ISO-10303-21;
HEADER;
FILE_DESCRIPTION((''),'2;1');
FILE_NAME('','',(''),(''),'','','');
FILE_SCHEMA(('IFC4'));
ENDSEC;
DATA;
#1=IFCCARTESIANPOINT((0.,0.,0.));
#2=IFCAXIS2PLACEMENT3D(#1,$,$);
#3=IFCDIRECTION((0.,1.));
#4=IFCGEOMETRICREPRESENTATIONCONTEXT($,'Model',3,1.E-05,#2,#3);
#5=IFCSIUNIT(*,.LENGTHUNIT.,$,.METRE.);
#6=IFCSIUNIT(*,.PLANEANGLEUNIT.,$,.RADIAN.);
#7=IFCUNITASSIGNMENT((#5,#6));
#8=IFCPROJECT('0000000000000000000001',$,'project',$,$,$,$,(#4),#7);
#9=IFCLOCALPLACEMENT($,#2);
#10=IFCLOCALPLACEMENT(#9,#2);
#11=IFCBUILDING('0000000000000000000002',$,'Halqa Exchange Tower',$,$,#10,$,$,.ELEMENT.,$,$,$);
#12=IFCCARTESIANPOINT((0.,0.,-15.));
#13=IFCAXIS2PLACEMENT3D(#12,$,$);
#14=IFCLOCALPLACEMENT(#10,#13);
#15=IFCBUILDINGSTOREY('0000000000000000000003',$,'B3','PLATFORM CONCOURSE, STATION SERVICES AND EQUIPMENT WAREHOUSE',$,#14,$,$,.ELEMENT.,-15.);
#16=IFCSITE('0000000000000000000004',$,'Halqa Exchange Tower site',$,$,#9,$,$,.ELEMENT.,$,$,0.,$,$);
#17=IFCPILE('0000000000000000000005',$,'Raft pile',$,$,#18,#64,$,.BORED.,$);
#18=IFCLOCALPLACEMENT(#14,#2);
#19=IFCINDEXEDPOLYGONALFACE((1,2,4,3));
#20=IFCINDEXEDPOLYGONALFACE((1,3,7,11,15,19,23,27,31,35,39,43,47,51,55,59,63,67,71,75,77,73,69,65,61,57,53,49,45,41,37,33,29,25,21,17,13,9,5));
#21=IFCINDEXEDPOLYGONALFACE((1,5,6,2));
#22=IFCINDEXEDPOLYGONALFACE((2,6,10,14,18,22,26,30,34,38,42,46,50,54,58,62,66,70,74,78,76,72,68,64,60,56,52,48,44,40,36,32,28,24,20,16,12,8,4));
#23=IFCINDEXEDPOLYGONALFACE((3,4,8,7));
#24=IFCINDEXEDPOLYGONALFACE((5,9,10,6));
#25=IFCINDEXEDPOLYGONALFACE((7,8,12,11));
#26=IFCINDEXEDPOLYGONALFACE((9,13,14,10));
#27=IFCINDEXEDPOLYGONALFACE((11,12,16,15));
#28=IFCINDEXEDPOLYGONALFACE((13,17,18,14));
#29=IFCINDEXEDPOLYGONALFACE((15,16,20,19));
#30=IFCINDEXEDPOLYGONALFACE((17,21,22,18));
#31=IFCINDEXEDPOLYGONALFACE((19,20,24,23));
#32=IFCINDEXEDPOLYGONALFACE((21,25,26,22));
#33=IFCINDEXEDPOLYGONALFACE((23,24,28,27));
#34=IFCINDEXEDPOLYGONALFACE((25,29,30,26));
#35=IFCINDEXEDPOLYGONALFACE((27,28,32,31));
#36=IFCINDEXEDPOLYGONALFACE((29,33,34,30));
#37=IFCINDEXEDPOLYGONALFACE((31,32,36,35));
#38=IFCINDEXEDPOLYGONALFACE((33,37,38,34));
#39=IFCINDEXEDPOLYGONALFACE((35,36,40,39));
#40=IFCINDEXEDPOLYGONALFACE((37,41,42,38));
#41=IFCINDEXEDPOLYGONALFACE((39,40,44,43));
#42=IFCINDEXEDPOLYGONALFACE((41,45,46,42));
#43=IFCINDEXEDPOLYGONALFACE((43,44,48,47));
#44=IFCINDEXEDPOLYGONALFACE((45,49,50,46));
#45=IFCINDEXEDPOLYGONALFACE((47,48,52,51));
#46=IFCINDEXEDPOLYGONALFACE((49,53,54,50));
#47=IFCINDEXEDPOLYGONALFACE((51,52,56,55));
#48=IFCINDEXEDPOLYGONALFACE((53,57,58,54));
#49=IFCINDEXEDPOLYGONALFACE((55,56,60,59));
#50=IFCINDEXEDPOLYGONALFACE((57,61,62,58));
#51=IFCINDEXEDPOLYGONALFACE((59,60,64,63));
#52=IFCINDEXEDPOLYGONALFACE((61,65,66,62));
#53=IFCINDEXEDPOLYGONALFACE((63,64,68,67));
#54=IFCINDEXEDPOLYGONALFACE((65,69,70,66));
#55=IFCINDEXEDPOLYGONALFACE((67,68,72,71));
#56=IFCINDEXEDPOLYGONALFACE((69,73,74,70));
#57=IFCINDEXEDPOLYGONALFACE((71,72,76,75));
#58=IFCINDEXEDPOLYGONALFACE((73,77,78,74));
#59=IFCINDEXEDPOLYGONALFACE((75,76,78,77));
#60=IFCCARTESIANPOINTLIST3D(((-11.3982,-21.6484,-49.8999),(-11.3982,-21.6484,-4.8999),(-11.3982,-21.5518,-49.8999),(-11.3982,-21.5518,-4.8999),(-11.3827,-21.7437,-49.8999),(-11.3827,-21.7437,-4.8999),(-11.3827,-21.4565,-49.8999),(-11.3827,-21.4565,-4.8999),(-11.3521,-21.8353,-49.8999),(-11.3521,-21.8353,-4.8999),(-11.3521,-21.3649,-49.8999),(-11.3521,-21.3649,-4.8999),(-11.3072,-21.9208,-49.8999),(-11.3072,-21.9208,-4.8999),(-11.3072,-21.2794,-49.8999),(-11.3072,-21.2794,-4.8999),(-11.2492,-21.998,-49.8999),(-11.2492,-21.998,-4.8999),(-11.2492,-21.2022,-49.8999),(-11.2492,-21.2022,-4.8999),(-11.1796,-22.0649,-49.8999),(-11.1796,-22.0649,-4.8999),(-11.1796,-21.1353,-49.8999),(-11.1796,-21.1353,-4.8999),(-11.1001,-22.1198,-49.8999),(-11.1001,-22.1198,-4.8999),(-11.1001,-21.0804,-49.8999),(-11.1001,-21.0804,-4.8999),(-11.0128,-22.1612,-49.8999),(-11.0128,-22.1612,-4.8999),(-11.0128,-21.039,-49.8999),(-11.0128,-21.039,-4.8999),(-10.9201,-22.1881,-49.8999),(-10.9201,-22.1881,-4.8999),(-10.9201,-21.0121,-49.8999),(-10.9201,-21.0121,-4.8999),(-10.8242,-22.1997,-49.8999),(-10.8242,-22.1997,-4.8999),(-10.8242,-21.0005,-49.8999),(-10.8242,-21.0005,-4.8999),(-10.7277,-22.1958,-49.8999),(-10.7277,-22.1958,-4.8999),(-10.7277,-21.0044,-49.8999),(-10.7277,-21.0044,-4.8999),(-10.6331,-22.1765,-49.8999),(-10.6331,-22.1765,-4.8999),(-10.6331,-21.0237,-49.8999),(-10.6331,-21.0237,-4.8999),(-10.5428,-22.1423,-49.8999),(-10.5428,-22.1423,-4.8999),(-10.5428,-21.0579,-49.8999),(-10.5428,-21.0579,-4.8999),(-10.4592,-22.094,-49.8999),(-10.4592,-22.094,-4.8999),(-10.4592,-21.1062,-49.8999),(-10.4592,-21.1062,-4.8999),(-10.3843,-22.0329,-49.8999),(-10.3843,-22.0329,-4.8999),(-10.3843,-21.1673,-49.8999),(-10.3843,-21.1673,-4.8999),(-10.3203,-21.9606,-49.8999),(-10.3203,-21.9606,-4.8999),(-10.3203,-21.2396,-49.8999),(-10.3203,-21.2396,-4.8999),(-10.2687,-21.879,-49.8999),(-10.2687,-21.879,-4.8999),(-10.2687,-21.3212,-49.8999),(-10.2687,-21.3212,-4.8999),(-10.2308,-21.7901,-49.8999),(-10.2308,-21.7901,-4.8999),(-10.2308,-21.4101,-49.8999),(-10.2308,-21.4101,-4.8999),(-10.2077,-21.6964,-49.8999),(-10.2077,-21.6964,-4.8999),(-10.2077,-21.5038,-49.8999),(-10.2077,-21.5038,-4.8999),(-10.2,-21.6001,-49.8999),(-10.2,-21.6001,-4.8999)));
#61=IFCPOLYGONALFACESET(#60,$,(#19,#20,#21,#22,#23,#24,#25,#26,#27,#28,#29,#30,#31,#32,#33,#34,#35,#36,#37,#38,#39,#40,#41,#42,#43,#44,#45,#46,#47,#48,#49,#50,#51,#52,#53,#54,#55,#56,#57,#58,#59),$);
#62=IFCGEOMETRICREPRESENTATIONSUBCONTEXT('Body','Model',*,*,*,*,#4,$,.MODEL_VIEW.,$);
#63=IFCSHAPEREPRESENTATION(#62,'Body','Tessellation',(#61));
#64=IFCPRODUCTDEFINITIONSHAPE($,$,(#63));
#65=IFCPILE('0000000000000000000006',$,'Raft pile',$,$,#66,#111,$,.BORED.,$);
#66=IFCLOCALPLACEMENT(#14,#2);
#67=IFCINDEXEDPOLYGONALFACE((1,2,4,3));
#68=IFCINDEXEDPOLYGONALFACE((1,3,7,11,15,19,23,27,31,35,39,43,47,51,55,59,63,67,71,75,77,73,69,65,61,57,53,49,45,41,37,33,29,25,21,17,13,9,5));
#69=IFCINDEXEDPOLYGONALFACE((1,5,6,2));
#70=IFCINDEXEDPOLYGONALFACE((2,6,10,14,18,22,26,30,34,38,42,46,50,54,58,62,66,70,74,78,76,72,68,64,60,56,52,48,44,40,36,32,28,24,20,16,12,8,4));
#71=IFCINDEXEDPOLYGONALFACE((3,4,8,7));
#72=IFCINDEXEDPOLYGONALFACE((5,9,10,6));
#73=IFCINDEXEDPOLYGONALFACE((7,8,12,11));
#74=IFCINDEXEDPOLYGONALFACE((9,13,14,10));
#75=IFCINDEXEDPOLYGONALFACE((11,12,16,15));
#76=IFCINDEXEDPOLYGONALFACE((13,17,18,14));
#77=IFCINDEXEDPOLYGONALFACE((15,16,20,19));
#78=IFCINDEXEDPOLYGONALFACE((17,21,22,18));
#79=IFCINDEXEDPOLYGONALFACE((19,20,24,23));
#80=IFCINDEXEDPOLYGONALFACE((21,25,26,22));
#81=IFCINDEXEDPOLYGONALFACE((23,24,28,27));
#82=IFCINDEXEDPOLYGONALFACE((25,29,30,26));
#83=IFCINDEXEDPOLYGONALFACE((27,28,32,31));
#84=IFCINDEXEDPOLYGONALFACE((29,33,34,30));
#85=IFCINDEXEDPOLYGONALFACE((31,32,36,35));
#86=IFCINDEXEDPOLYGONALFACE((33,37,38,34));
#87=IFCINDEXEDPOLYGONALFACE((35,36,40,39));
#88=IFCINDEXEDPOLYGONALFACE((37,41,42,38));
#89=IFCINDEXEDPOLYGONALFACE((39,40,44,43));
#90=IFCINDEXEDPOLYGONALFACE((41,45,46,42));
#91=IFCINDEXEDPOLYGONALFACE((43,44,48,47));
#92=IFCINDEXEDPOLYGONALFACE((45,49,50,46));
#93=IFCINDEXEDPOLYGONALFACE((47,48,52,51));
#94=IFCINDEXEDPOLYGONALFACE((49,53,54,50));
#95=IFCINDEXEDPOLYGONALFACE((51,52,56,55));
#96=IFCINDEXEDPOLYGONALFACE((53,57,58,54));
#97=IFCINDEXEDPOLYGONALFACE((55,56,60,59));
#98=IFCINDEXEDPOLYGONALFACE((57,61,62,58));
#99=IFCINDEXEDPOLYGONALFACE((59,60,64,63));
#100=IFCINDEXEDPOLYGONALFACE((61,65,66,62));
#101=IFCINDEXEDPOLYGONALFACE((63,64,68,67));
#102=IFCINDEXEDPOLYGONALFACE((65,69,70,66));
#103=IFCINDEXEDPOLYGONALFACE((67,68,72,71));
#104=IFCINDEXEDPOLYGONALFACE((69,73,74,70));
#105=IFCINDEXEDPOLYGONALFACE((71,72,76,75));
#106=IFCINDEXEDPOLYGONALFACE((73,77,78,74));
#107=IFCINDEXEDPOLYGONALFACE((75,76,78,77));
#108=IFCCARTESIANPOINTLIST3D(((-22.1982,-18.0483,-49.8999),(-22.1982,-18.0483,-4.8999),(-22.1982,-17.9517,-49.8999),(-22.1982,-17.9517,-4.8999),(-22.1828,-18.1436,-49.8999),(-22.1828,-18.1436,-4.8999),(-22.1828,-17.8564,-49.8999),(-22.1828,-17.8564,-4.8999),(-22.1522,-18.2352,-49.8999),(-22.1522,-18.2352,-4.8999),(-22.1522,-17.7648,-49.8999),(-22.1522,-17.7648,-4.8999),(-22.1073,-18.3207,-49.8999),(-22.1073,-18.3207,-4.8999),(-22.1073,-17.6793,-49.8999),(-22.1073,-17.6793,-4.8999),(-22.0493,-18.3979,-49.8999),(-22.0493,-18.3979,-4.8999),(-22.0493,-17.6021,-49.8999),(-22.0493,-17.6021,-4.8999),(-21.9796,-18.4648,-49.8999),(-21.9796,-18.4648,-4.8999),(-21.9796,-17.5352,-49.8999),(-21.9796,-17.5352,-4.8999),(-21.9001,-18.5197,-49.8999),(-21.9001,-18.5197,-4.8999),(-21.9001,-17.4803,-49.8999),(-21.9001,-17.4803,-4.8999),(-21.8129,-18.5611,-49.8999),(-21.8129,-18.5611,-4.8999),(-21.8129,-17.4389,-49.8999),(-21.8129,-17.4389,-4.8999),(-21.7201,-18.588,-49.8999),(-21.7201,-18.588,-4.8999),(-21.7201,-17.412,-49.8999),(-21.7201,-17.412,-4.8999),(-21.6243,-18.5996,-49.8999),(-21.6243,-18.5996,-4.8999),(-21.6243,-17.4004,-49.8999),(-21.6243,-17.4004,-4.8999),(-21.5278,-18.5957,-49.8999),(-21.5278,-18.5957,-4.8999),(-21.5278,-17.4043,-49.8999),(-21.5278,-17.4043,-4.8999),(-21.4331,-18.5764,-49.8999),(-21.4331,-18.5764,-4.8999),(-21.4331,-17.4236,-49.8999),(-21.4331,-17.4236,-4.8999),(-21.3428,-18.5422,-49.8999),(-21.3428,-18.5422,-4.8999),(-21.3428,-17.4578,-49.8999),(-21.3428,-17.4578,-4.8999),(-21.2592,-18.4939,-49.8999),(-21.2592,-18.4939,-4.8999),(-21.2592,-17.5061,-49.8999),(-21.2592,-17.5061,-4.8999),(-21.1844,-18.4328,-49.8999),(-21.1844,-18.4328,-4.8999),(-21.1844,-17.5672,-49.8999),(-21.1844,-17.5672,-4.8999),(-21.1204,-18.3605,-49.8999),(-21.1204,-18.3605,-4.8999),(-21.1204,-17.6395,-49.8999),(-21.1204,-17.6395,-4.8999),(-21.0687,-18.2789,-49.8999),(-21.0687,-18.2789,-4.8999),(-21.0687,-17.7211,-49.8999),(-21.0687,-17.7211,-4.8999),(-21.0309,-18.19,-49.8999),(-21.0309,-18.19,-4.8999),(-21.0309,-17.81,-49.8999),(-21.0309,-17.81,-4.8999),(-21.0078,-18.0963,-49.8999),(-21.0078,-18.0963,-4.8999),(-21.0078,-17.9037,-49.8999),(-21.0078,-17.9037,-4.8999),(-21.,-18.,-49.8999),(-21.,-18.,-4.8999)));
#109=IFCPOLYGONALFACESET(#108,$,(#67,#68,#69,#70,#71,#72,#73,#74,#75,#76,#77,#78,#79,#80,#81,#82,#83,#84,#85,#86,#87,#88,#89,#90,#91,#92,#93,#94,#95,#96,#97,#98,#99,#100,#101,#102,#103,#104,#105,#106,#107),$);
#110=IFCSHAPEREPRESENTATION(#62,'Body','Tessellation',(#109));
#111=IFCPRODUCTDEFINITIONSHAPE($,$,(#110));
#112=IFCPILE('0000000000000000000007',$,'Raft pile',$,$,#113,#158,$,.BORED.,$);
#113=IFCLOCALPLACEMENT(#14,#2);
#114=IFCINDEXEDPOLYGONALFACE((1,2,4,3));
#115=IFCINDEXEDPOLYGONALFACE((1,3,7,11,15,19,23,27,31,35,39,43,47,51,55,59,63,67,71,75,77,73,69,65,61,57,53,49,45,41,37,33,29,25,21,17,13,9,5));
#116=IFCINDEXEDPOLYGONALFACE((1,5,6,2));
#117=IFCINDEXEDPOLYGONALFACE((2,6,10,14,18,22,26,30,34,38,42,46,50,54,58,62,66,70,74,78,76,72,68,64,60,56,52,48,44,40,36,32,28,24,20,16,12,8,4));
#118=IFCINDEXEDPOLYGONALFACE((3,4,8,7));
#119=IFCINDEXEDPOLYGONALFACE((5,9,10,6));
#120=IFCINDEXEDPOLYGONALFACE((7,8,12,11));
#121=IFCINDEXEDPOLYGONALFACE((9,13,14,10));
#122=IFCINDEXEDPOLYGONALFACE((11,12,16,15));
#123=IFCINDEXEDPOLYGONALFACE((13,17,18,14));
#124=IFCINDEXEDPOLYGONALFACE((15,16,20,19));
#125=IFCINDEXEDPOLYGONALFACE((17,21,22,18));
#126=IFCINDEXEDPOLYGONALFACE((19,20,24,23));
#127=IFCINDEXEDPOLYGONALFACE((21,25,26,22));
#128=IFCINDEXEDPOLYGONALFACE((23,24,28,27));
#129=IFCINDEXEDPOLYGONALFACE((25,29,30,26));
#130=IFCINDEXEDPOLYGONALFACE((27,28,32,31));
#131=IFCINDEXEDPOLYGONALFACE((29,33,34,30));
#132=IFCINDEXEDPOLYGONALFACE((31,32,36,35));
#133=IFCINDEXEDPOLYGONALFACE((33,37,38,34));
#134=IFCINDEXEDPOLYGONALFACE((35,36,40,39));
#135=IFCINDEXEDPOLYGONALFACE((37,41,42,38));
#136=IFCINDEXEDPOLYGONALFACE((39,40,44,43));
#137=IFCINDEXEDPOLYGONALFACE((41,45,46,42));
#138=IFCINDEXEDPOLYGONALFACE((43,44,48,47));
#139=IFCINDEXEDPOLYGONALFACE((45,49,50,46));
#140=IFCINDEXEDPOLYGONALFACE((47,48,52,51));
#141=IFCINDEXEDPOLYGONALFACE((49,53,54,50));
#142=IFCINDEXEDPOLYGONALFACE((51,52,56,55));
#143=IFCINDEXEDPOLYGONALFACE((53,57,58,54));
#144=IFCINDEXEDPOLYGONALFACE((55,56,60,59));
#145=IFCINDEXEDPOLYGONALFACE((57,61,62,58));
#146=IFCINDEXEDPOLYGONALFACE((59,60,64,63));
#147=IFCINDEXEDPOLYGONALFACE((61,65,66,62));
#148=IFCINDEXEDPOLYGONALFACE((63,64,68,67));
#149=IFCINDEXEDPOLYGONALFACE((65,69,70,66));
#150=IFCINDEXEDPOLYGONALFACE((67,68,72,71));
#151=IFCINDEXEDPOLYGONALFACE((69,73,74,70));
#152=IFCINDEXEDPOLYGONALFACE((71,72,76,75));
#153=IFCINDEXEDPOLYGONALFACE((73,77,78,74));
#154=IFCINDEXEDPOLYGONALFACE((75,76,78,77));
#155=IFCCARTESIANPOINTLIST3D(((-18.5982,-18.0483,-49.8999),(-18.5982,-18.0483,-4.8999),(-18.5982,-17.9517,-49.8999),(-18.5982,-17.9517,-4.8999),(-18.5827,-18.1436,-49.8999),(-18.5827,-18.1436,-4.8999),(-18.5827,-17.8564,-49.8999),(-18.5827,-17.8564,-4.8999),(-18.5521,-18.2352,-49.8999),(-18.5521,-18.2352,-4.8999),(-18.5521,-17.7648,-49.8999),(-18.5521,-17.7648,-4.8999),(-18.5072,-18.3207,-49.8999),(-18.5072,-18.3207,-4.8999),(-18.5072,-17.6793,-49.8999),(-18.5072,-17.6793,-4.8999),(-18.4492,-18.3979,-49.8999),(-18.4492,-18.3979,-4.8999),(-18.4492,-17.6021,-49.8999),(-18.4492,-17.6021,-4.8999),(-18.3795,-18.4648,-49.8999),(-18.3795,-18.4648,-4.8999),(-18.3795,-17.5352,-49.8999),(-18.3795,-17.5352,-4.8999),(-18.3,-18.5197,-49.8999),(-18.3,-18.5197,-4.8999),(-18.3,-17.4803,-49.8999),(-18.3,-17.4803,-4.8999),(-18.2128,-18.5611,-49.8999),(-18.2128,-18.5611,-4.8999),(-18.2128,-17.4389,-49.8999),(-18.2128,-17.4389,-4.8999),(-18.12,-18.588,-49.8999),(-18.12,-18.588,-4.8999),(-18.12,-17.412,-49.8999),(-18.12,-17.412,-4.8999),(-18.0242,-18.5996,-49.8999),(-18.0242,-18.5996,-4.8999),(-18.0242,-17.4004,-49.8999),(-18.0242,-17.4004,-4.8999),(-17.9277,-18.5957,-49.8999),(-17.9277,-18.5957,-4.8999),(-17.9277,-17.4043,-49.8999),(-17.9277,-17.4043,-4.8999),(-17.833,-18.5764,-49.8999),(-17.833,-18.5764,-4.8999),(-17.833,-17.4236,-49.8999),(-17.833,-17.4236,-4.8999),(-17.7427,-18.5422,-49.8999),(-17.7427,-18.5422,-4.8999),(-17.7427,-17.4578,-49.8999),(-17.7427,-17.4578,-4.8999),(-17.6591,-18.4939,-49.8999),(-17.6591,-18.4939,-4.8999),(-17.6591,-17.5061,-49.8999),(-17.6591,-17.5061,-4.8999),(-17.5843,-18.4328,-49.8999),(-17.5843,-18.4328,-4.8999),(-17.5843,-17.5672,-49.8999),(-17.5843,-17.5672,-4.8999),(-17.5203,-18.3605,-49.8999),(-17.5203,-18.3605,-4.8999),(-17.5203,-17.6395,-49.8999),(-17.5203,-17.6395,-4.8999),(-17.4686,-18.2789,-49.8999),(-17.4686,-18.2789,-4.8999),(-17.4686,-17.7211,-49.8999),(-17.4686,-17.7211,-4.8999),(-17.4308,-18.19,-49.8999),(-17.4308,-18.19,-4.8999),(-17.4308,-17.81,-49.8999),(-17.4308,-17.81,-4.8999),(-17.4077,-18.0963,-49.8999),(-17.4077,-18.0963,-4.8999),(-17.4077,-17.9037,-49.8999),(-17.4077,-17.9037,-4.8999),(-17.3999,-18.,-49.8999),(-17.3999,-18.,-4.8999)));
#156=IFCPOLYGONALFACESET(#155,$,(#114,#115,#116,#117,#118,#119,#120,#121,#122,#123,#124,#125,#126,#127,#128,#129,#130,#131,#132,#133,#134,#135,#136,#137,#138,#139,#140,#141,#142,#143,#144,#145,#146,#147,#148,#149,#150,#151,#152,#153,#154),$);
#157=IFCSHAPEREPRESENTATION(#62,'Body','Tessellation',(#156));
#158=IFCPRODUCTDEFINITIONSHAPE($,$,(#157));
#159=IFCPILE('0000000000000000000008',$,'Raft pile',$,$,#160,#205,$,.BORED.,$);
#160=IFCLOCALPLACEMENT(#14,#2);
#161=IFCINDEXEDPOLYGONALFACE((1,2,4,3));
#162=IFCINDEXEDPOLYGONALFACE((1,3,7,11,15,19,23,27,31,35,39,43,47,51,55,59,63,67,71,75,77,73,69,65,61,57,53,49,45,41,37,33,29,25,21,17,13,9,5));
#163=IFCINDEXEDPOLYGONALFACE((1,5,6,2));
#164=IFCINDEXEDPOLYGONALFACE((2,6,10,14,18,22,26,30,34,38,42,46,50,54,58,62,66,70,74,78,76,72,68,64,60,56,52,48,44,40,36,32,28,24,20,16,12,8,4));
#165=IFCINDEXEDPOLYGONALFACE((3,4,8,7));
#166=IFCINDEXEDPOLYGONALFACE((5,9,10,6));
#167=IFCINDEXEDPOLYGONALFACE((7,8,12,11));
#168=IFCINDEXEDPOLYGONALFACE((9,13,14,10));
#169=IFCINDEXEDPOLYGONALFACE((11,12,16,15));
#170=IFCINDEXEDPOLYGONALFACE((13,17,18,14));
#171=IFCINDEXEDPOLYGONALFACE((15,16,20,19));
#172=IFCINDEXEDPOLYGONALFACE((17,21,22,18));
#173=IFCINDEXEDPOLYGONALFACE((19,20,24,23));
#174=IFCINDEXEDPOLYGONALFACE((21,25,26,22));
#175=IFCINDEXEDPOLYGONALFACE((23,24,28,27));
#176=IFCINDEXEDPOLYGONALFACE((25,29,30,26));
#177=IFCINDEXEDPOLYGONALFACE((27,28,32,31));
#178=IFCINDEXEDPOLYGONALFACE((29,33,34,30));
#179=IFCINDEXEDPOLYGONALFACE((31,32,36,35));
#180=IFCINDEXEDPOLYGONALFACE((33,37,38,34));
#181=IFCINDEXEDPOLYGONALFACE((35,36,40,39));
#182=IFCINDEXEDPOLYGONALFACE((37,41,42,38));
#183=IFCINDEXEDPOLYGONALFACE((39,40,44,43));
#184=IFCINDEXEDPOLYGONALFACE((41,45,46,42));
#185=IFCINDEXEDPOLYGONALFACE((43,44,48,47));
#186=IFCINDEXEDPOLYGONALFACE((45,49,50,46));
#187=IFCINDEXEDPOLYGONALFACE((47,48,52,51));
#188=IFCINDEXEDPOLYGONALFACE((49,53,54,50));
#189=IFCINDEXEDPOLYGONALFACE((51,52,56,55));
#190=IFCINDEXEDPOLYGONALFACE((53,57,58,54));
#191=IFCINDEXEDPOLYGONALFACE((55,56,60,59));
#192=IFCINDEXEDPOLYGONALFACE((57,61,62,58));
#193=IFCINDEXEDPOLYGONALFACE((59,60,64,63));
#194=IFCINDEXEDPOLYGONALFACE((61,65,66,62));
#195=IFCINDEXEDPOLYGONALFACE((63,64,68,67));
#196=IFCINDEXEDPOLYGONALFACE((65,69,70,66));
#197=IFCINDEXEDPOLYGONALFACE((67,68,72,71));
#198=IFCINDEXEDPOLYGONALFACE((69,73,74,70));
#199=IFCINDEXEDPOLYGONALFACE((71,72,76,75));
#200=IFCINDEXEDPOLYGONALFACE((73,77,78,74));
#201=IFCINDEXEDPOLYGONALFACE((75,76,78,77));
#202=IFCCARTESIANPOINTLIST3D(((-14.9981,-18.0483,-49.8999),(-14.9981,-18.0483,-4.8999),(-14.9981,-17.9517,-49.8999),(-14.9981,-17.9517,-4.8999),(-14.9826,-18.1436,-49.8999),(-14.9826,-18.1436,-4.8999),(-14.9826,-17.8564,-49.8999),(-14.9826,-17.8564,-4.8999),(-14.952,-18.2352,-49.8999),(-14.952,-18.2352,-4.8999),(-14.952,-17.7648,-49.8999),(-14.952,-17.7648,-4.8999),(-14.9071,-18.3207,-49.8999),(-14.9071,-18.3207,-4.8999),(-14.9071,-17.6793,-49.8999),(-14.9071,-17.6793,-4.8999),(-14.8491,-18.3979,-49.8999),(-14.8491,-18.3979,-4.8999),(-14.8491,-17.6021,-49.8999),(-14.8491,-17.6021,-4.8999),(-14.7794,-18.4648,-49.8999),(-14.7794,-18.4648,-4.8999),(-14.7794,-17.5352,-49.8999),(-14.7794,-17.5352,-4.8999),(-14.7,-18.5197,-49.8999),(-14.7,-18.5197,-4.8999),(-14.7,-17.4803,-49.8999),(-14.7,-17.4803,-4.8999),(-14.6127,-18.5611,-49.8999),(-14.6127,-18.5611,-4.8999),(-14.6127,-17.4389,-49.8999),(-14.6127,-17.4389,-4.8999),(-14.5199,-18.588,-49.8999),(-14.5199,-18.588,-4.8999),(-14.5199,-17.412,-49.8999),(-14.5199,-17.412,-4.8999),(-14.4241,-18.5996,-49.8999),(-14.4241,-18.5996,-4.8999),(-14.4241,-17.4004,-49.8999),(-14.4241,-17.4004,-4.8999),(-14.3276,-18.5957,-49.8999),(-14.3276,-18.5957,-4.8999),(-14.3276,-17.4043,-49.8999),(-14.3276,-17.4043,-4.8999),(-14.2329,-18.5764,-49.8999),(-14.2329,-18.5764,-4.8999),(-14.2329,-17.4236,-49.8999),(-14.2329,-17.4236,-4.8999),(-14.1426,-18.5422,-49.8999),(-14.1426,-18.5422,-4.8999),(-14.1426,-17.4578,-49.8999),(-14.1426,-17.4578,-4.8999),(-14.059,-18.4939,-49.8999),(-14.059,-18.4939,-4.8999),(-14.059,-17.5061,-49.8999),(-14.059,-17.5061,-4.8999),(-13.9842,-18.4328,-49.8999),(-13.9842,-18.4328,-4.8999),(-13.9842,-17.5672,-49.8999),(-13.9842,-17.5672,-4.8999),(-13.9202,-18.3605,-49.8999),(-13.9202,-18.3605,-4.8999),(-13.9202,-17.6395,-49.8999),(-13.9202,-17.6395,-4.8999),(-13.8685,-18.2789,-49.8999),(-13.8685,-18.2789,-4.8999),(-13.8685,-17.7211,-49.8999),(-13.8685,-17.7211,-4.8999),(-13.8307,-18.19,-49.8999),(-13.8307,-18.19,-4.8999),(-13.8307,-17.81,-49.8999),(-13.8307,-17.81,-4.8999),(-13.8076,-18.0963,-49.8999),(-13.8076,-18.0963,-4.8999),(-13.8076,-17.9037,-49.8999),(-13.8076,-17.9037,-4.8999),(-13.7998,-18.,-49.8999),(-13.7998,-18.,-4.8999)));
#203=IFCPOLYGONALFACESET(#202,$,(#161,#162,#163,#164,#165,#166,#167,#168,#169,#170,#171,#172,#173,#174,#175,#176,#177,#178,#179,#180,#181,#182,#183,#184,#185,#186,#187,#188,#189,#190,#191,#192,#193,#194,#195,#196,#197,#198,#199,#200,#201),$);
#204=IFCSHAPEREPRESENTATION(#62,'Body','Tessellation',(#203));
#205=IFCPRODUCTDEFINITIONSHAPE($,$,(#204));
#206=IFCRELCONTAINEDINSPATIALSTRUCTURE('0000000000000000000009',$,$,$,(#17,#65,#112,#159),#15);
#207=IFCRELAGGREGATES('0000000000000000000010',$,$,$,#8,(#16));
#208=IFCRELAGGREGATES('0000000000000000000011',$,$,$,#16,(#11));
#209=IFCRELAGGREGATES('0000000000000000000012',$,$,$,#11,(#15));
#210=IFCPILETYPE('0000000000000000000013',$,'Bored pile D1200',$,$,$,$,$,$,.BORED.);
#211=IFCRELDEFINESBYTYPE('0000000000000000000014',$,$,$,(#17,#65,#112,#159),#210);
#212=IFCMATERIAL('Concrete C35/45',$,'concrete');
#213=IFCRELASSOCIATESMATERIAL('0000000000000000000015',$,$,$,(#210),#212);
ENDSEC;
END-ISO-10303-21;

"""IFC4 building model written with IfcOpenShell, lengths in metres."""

from ifc_helpers import new_model, si_unit, direction, frame, origin, origin_2d, place, context, subcontext, project, spatial, circle, extrude, material, material_profile, profile_set, type_object, element, save


model = new_model("IFC4")

# Units and contexts
model_context = context("Model", 3, precision=1e-05, world=origin(), true_north=direction((0.0, 1.0)))
body_context = subcontext(model_context, "Body", "Model", "MODEL_VIEW")
ifc_project = project(units=[si_unit("LENGTHUNIT", "METRE"), si_unit("PLANEANGLEUNIT", "RADIAN")], contexts=[model_context])

# Site, building, storey
site_placement = place(None, origin())
site = spatial("IfcSite", under=ifc_project, at=site_placement, Name="Halqa Exchange Tower site", CompositionType="ELEMENT", RefElevation=0.0)
building_placement = place(site_placement, origin())
building = spatial("IfcBuilding", under=site, at=building_placement, Name="Halqa Exchange Tower", CompositionType="ELEMENT")
storey_placement = place(building_placement, frame((0.0, 0.0, -15.0)))
storey = spatial("IfcBuildingStorey", under=building, at=storey_placement, Name="B3", Description="PLATFORM CONCOURSE, STATION SERVICES AND EQUIPMENT WAREHOUSE", CompositionType="ELEMENT", Elevation=-15.0)

# Piles
ifc_material_1 = material(Name="Concrete C35/45", Category="concrete")
ifc_material_profile_1 = material_profile(ifc_material_1, circle(Radius=0.6001, at=origin_2d()), Name="D1200")
ifc_profile_set_1 = profile_set([ifc_material_profile_1], Name="Concrete C35/45")
pile_type_1 = type_object("IfcPileType", Name="Bored pile D1200", PredefinedType="BORED", material=ifc_profile_set_1)
for number, where, z_axis, x_axis, name in (
    (1, (-10.8, -21.6001, -4.8999), (0.0, 0.0, -1.0), (1.0, 0.0, 0.0), "Raft pile"),
    (2, (-21.6001, -18.0, -4.8999), (0.0, 0.0, -1.0), (1.0, 0.0, 0.0), "Raft pile"),
    (3, (-18.0, -18.0, -4.8999), (0.0, 0.0, -1.0), (1.0, 0.0, 0.0), "Raft pile"),
    (4, (-14.3999, -18.0, -4.8999), (0.0, 0.0, -1.0), (1.0, 0.0, 0.0), "Raft pile"),
):
    element("IfcPile", number, at=place(storey_placement, frame(where, z_axis=z_axis, x_axis=x_axis)), inside=storey, type_object=pile_type_1, Name=name, PredefinedType="BORED", context=body_context, shape_type="SweptSolid", body=[
        extrude(circle(Radius=0.6001, at=origin_2d()), origin(), (0.0, 0.0, 1.0), 45.0),
    ])

save(model, "model.ifc")
